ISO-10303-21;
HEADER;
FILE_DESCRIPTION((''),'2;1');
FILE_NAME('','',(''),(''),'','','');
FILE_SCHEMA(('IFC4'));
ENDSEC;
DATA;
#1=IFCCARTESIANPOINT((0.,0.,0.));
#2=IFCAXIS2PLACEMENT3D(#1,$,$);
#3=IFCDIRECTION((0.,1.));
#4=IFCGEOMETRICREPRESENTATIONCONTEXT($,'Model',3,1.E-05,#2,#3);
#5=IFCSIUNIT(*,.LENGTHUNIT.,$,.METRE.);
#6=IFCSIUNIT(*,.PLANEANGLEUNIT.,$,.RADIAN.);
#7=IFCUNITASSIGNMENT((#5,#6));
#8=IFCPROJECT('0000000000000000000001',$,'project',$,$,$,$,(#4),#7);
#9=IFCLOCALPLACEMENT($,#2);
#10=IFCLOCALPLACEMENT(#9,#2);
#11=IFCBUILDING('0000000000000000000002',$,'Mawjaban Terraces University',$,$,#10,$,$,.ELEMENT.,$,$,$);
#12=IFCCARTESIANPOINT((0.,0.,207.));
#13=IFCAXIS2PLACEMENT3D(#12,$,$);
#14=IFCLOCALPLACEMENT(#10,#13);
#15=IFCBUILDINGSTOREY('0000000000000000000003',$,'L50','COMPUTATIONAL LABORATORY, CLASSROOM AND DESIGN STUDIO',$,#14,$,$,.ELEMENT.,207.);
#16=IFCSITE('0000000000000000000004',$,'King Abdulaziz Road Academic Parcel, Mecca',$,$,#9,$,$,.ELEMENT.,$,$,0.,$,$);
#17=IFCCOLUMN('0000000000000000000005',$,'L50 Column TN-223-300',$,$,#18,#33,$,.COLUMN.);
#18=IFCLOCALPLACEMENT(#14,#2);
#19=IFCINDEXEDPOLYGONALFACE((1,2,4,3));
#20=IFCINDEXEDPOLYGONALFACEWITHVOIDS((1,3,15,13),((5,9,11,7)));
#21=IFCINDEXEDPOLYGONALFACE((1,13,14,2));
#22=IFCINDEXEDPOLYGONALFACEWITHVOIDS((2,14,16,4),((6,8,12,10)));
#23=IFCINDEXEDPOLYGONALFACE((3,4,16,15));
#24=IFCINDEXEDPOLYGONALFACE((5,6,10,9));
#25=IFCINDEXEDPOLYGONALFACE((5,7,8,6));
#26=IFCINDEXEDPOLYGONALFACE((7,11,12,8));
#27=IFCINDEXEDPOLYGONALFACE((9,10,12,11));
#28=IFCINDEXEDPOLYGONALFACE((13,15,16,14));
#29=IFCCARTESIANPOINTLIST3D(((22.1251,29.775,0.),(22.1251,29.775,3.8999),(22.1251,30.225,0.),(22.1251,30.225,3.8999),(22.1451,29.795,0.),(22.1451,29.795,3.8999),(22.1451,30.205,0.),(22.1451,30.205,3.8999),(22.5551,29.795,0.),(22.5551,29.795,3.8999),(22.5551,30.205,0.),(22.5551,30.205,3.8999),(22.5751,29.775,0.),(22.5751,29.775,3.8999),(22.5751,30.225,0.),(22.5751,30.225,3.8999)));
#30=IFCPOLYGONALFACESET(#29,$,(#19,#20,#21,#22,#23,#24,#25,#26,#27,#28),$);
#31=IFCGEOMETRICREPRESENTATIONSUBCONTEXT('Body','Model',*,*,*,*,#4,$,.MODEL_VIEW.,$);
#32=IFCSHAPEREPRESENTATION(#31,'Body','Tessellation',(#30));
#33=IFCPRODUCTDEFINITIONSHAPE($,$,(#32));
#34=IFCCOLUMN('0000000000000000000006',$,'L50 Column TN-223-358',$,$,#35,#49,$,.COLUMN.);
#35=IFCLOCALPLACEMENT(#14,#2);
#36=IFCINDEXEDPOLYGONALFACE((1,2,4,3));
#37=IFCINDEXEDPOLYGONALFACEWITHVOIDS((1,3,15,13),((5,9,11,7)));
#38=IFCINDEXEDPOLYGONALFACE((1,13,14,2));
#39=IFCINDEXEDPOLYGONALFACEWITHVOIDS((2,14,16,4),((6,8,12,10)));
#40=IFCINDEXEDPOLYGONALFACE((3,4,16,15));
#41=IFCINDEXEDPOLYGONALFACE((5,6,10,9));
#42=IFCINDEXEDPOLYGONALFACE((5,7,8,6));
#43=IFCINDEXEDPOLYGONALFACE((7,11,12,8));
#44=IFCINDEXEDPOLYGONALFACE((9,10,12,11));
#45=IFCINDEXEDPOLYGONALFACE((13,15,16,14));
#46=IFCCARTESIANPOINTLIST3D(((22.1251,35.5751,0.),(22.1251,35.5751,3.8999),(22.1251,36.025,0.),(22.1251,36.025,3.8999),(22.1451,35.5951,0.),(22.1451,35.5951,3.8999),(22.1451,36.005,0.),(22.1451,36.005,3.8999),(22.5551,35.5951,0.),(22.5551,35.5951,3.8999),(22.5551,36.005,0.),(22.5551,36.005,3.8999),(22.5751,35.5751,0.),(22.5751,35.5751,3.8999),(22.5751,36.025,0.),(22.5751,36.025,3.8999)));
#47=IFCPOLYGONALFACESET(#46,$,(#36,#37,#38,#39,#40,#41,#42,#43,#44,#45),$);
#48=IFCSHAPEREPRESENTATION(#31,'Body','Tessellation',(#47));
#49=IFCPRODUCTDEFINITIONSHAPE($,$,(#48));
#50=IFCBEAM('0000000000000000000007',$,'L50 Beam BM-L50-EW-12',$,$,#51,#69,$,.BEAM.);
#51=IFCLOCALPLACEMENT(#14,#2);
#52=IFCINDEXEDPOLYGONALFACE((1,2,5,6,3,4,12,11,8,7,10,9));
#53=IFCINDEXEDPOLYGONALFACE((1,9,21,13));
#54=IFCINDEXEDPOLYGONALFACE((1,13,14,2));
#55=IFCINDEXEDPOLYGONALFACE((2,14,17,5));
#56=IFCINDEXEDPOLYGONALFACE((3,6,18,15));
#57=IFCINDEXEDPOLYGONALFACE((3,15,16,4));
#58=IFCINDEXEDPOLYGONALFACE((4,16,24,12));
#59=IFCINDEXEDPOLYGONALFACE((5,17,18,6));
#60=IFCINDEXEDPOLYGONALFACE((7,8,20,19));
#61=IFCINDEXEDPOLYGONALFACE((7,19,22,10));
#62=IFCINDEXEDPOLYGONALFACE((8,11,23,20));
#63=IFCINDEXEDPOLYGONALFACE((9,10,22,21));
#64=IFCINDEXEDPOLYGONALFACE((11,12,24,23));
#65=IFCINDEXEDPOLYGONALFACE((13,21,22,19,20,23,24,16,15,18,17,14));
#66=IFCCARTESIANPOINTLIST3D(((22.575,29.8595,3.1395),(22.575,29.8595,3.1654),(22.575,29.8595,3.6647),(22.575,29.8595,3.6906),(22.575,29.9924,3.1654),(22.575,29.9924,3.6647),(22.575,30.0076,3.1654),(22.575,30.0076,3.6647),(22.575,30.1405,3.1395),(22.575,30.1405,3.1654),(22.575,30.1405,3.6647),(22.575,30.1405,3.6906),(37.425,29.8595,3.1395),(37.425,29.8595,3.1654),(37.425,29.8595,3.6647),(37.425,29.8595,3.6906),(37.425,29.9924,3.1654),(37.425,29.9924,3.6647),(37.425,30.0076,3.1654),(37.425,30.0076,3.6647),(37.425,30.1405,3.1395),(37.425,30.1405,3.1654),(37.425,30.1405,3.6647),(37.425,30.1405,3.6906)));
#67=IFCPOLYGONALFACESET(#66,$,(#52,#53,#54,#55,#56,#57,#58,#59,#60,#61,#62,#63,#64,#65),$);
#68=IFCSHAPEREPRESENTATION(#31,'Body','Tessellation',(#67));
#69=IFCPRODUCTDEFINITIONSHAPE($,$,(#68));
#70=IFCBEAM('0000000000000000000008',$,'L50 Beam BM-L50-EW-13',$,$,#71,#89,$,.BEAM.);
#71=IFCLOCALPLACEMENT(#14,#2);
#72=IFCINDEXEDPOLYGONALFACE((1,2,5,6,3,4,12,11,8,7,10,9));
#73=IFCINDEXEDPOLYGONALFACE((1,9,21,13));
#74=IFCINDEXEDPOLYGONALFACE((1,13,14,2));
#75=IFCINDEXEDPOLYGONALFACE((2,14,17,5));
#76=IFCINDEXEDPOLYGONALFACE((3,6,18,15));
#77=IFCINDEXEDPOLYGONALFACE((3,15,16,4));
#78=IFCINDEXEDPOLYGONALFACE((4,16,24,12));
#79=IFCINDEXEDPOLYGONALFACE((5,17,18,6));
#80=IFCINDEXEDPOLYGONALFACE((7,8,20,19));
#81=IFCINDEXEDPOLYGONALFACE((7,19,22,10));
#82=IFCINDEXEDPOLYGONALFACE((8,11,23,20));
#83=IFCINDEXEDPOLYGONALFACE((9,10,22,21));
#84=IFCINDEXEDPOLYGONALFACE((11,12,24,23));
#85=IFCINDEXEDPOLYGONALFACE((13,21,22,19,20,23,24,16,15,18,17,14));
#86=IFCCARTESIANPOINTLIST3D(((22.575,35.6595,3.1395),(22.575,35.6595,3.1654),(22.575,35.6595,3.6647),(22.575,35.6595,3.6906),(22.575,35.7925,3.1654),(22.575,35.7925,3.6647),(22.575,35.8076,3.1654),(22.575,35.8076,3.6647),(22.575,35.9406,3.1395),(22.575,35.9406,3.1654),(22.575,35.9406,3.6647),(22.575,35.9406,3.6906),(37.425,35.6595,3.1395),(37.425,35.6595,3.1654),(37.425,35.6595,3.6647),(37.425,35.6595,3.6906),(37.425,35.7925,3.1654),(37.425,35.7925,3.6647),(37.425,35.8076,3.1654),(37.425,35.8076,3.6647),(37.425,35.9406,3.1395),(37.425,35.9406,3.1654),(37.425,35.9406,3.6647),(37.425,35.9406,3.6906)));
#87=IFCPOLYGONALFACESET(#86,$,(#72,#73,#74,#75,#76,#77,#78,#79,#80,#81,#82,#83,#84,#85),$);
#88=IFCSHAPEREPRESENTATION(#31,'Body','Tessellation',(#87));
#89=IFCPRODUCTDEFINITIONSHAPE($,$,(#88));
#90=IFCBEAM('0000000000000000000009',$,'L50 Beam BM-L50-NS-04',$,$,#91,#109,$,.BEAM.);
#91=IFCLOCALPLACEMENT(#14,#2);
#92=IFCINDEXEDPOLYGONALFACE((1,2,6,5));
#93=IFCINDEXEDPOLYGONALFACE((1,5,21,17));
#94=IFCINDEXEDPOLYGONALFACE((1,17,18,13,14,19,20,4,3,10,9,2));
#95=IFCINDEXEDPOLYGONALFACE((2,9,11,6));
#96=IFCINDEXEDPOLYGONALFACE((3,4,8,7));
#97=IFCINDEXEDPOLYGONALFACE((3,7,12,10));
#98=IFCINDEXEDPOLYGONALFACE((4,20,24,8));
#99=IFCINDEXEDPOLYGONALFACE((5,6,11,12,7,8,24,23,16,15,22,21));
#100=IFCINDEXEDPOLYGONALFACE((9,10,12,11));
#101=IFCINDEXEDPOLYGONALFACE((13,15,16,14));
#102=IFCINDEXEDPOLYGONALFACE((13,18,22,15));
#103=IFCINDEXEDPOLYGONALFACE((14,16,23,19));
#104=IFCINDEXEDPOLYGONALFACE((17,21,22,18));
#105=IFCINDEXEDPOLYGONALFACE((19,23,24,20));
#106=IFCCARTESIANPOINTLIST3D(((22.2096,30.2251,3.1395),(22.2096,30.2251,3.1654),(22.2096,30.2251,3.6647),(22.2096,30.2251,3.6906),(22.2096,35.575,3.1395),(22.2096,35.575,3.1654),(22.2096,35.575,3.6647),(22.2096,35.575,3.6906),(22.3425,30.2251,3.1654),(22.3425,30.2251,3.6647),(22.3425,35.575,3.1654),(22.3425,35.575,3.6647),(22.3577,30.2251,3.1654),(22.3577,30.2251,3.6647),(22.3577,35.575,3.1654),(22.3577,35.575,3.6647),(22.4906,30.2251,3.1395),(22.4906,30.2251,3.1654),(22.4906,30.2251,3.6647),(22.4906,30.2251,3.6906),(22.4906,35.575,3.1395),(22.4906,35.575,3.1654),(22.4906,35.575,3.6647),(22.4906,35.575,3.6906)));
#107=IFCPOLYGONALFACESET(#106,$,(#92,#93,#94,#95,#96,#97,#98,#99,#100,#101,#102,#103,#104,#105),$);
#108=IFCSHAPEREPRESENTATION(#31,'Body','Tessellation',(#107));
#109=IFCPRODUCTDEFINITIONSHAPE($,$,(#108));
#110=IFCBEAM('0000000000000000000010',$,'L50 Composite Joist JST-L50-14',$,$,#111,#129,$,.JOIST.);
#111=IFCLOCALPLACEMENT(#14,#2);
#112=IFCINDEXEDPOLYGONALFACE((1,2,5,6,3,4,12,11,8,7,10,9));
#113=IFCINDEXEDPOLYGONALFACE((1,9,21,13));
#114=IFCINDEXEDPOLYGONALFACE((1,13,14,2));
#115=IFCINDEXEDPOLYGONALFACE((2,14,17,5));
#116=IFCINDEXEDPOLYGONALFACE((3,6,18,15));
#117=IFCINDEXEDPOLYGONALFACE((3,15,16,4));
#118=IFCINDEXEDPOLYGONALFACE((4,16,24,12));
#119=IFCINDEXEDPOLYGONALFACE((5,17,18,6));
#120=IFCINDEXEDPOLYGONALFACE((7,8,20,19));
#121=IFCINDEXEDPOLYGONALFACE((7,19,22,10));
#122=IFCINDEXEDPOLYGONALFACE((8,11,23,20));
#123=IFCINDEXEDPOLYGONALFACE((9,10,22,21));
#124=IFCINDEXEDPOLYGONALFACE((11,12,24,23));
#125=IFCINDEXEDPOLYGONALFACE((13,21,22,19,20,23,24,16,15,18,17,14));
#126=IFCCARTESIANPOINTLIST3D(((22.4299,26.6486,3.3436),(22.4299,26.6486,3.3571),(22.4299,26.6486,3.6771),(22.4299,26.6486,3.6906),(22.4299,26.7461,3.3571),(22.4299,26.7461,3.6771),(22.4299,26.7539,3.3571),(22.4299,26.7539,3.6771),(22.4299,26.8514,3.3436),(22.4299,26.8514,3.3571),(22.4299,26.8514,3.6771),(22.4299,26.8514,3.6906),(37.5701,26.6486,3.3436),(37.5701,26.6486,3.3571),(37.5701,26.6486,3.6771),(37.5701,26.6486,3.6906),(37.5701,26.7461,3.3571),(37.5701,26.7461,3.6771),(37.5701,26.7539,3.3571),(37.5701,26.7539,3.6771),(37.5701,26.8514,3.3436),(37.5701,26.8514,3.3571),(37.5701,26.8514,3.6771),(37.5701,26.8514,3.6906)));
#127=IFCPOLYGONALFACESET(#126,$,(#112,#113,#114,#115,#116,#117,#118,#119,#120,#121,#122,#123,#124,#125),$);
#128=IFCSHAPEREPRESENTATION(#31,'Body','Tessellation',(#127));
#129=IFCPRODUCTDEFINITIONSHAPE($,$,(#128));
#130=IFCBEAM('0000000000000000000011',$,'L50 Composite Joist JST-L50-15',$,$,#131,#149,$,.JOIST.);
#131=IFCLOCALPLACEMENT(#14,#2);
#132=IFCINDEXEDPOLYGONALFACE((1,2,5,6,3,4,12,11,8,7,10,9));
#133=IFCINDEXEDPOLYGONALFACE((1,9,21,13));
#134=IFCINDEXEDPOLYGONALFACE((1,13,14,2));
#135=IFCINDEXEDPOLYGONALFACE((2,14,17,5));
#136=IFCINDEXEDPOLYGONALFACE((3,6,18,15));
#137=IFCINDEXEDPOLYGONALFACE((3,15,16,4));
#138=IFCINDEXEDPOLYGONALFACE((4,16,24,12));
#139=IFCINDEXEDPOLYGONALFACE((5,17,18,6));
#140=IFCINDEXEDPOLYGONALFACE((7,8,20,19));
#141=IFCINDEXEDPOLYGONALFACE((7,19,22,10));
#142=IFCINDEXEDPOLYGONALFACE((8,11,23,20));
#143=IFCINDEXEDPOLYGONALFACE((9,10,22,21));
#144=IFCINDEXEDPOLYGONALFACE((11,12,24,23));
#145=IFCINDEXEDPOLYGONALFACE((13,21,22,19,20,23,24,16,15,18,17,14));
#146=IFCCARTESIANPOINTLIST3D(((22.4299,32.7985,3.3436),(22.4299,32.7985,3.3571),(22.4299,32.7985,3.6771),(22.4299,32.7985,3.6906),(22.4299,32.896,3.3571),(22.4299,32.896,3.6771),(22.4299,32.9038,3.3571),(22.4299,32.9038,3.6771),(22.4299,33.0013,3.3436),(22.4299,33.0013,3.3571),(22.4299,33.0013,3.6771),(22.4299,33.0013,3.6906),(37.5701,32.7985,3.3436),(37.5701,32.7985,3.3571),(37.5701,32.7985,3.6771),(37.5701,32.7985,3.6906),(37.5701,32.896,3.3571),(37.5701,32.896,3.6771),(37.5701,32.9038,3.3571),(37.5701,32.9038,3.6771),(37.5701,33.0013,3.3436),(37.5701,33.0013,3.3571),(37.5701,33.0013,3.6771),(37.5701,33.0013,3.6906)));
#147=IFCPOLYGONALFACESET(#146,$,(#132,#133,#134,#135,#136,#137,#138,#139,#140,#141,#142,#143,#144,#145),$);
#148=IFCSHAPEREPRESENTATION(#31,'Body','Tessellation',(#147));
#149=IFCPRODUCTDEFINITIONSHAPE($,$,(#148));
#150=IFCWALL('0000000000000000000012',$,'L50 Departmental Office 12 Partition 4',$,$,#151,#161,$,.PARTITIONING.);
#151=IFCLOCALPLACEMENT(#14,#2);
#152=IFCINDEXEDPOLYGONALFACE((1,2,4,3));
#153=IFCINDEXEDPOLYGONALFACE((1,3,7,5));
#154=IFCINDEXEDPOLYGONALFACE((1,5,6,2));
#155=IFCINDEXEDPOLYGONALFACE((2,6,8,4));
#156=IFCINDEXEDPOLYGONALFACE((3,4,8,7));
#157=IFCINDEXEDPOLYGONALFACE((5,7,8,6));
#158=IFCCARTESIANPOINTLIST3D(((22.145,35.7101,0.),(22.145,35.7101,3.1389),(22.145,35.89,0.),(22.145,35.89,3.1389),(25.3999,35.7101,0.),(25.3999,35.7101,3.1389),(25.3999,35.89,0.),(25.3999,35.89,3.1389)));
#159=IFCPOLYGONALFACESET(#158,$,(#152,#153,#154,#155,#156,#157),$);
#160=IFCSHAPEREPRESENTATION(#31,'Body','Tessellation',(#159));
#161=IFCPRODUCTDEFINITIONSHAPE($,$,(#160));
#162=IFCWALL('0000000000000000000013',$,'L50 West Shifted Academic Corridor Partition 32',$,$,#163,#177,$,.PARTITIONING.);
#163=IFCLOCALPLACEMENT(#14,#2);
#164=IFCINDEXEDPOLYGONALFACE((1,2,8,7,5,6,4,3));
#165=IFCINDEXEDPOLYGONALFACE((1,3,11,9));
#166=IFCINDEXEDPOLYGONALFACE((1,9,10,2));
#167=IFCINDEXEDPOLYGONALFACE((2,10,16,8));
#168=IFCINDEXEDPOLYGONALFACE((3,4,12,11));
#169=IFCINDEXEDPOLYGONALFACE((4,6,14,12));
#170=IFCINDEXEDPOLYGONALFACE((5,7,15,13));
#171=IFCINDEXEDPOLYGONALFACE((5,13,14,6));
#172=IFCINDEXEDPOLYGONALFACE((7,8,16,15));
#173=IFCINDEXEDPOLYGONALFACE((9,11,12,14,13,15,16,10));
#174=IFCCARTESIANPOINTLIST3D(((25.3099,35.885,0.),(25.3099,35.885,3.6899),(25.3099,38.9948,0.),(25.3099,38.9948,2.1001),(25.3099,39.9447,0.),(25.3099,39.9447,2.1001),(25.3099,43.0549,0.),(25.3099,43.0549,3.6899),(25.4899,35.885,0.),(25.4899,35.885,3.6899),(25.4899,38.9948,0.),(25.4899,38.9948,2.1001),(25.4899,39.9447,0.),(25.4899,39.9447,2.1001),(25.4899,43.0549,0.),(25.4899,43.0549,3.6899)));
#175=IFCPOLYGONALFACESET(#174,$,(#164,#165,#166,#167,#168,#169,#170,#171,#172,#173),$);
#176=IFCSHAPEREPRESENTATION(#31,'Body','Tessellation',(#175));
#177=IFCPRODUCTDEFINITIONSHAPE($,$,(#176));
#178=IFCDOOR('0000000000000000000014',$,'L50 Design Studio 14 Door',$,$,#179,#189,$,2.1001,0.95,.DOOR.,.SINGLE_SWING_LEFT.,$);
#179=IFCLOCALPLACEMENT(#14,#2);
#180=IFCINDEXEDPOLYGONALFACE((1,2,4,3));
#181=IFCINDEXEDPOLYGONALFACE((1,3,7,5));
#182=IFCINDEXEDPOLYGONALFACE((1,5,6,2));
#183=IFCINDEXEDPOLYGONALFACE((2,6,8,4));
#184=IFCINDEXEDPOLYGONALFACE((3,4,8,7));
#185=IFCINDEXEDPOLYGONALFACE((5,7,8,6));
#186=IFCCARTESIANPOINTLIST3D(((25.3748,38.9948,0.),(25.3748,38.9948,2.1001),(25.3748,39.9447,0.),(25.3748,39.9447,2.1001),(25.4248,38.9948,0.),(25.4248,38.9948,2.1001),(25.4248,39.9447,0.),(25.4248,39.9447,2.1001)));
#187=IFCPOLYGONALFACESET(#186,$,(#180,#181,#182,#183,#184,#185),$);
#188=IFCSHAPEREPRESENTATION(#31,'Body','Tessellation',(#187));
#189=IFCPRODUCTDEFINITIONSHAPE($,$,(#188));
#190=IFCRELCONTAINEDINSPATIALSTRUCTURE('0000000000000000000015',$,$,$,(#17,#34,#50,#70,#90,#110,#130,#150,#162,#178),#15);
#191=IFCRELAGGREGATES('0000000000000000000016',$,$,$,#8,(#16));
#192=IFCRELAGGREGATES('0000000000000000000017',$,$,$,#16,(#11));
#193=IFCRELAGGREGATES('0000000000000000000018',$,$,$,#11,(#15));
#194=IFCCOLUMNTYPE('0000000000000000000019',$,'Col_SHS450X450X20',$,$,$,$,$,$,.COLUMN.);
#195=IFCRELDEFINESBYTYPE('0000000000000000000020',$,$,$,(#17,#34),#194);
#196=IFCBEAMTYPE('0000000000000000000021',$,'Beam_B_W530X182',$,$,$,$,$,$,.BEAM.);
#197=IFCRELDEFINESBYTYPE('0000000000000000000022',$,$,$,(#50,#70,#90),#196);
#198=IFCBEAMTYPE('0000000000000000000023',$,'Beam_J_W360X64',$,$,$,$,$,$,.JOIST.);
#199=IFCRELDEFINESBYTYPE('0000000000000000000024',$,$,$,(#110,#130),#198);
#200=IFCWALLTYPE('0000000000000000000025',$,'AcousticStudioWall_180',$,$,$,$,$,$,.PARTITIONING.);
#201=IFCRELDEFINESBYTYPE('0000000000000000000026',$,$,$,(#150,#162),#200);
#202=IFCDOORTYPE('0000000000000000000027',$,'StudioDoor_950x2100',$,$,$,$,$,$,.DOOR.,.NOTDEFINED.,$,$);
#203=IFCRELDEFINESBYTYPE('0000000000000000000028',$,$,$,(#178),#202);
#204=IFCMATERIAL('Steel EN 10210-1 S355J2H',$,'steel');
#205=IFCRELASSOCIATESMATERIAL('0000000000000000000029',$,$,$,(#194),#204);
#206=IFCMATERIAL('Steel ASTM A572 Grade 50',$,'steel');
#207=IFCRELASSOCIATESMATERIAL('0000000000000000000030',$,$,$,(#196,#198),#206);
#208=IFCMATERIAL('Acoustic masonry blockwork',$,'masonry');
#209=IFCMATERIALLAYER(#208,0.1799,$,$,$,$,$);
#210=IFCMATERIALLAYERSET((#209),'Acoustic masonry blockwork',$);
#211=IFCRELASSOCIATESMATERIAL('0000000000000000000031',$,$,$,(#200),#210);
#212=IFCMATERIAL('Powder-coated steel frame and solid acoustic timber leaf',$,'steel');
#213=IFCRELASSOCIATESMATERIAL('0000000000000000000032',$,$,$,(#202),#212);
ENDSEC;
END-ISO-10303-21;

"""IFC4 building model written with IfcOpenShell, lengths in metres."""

from ifc_helpers import new_model, si_unit, direction, frame, frame_2d, origin, origin_2d, place, context, subcontext, project, spatial, rectangle, hollow_rectangle, i_section, extrude, material, layer, layer_set, material_profile, profile_set, type_object, element, fill, save


model = new_model("IFC4")

# Units and contexts
model_context = context("Model", 3, precision=1e-05, world=origin(), true_north=direction((0.0, 1.0)))
body_context = subcontext(model_context, "Body", "Model", "MODEL_VIEW")
ifc_project = project(units=[si_unit("LENGTHUNIT", "METRE"), si_unit("PLANEANGLEUNIT", "RADIAN")], contexts=[model_context])

# Site, building, storey
site_placement = place(None, origin())
site = spatial("IfcSite", under=ifc_project, at=site_placement, Name="King Abdulaziz Road Academic Parcel, Mecca", CompositionType="ELEMENT", RefElevation=0.0)
building_placement = place(site_placement, origin())
building = spatial("IfcBuilding", under=site, at=building_placement, Name="Mawjaban Terraces University", CompositionType="ELEMENT")
storey_placement = place(building_placement, frame((0.0, 0.0, 207.0)))
storey = spatial("IfcBuildingStorey", under=building, at=storey_placement, Name="L50", Description="COMPUTATIONAL LABORATORY, CLASSROOM AND DESIGN STUDIO", CompositionType="ELEMENT", Elevation=207.0)

# Columns
ifc_material_1 = material(Name="Steel EN 10210-1 S355J2H", Category="steel")
ifc_material_profile_1 = material_profile(ifc_material_1, hollow_rectangle(XDim=0.45, YDim=0.45, WallThickness=0.02, at=origin_2d()), Name="SHS450X450X20")
ifc_profile_set_1 = profile_set([ifc_material_profile_1], Name="Steel EN 10210-1 S355J2H")
column_type = type_object("IfcColumnType", Name="Col_SHS450X450X20", PredefinedType="COLUMN", material=ifc_profile_set_1)
for number, where, z_axis, x_axis, name in (
    (1, (22.3501, 30.0, 0.0), (0.0, 0.0, 1.0), (1.0, 0.0, 0.0), "L50 Column TN-223-300"),
    (2, (22.3501, 35.8, 0.0), (0.0, 0.0, 1.0), (1.0, 0.0, 0.0), "L50 Column TN-223-358"),
):
    element("IfcColumn", number, at=place(storey_placement, frame(where, z_axis=z_axis, x_axis=x_axis)), inside=storey, type_object=column_type, Name=name, PredefinedType="COLUMN", context=body_context, shape_type="SweptSolid", body=[
        extrude(hollow_rectangle(XDim=0.45, YDim=0.45, WallThickness=0.02, at=origin_2d()), origin(), (0.0, 0.0, 1.0), 3.8999),
    ])

# Beams
ifc_material_2 = material(Name="Steel ASTM A572 Grade 50", Category="steel")
ifc_material_profile_2 = material_profile(ifc_material_2, i_section(OverallWidth=0.281, OverallDepth=0.551, WebThickness=0.0151, FlangeThickness=0.0259, at=origin_2d()), Name="W530X182")
ifc_profile_set_2 = profile_set([ifc_material_profile_2], Name="Steel ASTM A572 Grade 50")
beam_type_1 = type_object("IfcBeamType", Name="Beam_B_W530X182", PredefinedType="BEAM", material=ifc_profile_set_2)
for number, where, z_axis, x_axis, name in (
    (3, (22.575, 30.0, 3.415), (1.0, 0.0, 0.0), (0.0, 1.0, 0.0), "L50 Beam BM-L50-EW-12"),
    (4, (22.575, 35.8, 3.415), (1.0, 0.0, 0.0), (0.0, 1.0, 0.0), "L50 Beam BM-L50-EW-13"),
):
    element("IfcBeam", number, at=place(storey_placement, frame(where, z_axis=z_axis, x_axis=x_axis)), inside=storey, type_object=beam_type_1, Name=name, PredefinedType="BEAM", context=body_context, shape_type="SweptSolid", body=[
        extrude(i_section(OverallWidth=0.281, OverallDepth=0.551, WebThickness=0.0151, FlangeThickness=0.0259, at=origin_2d()), origin(), (0.0, 0.0, 1.0), 14.8501),
    ])
beam_placement = place(storey_placement, frame((22.3501, 30.2251, 3.415), z_axis=(0.0, 1.0, 0.0), x_axis=(-1.0, 0.0, 0.0)))
element("IfcBeam", 5, at=beam_placement, inside=storey, type_object=beam_type_1, Name="L50 Beam BM-L50-NS-04", PredefinedType="BEAM", context=body_context, shape_type="SweptSolid", body=[
    extrude(i_section(OverallWidth=0.281, OverallDepth=0.551, WebThickness=0.0151, FlangeThickness=0.0259, at=origin_2d()), origin(), (0.0, 0.0, 1.0), 5.3499),
])
ifc_material_profile_3 = material_profile(ifc_material_2, i_section(OverallWidth=0.2029, OverallDepth=0.3469, WebThickness=0.0078, FlangeThickness=0.0134, at=origin_2d()), Name="W360X64")
ifc_profile_set_3 = profile_set([ifc_material_profile_3], Name="Steel ASTM A572 Grade 50")
beam_type_2 = type_object("IfcBeamType", Name="Beam_J_W360X64", PredefinedType="JOIST", material=ifc_profile_set_3)
for number, where, z_axis, x_axis, name in (
    (6, (22.4299, 26.75, 3.5171), (1.0, 0.0, 0.0), (0.0, 1.0, 0.0), "L50 Composite Joist JST-L50-14"),
    (7, (22.4299, 32.8999, 3.5171), (1.0, 0.0, 0.0), (0.0, 1.0, 0.0), "L50 Composite Joist JST-L50-15"),
):
    element("IfcBeam", number, at=place(storey_placement, frame(where, z_axis=z_axis, x_axis=x_axis)), inside=storey, type_object=beam_type_2, Name=name, PredefinedType="JOIST", context=body_context, shape_type="SweptSolid", body=[
        extrude(i_section(OverallWidth=0.2029, OverallDepth=0.3469, WebThickness=0.0078, FlangeThickness=0.0134, at=origin_2d()), origin(), (0.0, 0.0, 1.0), 15.1401),
    ])

# Wall
ifc_material_3 = material(Name="Acoustic masonry blockwork", Category="masonry")
ifc_layer_1 = layer(ifc_material_3, 0.1799)
ifc_layer_set_1 = layer_set([ifc_layer_1], Name="Acoustic masonry blockwork")
wall_type_1 = type_object("IfcWallType", Name="AcousticStudioWall_180", PredefinedType="PARTITIONING", material=ifc_layer_set_1)
wall_1_placement = place(storey_placement, frame((25.3999, 35.8, 0.0), z_axis=(0.0, 0.0, 1.0), x_axis=(-1.0, 0.0, 0.0)))
element("IfcWall", 8, at=wall_1_placement, inside=storey, type_object=wall_type_1, Name="L50 Departmental Office 12 Partition 4", PredefinedType="PARTITIONING", context=body_context, shape_type="SweptSolid", body=[
    extrude(rectangle(XDim=3.2549, YDim=0.1799, at=frame_2d((1.6274, 0.0))), origin(), (0.0, 0.0, 1.0), 3.1389),
])

# Wall, opening, door
wall_2_placement = place(storey_placement, frame((25.3999, 43.0549, 0.0), z_axis=(0.0, 0.0, 1.0), x_axis=(0.0, -1.0, 0.0)))
wall_2 = element("IfcWall", 9, at=wall_2_placement, inside=storey, type_object=wall_type_1, Name="L50 West Shifted Academic Corridor Partition 32", PredefinedType="PARTITIONING", context=body_context, shape_type="SweptSolid", body=[
    extrude(rectangle(XDim=7.1699, YDim=0.1799, at=frame_2d((3.585, 0.0))), origin(), (0.0, 0.0, 1.0), 3.6899),
])
opening_1_placement = place(wall_2_placement, frame((3.1101, 0.0, 0.0)))
opening_1 = element("IfcOpeningElement", 10, at=opening_1_placement, cuts=wall_2, PredefinedType="OPENING", context=body_context, shape_type="SweptSolid", body=[
    extrude(rectangle(XDim=0.95, YDim=2.1001, at=frame_2d((0.4751, 1.05))), frame((0.0, 0.0999, 0.0), z_axis=(0.0, -1.0, 0.0), x_axis=(1.0, 0.0, 0.0)), (0.0, 0.0, 1.0), 0.2),
])
ifc_material_4 = material(Name="Powder-coated steel frame and solid acoustic timber leaf", Category="steel")
door_type_1 = type_object("IfcDoorType", Name="StudioDoor_950x2100", OperationType="NOTDEFINED", PredefinedType="DOOR", material=ifc_material_4)
door_1_placement = place(opening_1_placement, origin())
door_1 = element("IfcDoor", 11, at=door_1_placement, inside=storey, type_object=door_type_1, Name="L50 Design Studio 14 Door", OperationType="SINGLE_SWING_LEFT", OverallHeight=2.1001, OverallWidth=0.95, PredefinedType="DOOR", context=body_context, shape_type="SweptSolid", body=[
    extrude(rectangle(XDim=0.95, YDim=2.1001, at=frame_2d((0.4751, 1.05))), frame((0.0, 0.0249, 0.0), z_axis=(0.0, -1.0, 0.0), x_axis=(1.0, 0.0, 0.0)), (0.0, 0.0, 1.0), 0.05),
])
fill(opening_1, door_1)

save(model, "model.ifc")
